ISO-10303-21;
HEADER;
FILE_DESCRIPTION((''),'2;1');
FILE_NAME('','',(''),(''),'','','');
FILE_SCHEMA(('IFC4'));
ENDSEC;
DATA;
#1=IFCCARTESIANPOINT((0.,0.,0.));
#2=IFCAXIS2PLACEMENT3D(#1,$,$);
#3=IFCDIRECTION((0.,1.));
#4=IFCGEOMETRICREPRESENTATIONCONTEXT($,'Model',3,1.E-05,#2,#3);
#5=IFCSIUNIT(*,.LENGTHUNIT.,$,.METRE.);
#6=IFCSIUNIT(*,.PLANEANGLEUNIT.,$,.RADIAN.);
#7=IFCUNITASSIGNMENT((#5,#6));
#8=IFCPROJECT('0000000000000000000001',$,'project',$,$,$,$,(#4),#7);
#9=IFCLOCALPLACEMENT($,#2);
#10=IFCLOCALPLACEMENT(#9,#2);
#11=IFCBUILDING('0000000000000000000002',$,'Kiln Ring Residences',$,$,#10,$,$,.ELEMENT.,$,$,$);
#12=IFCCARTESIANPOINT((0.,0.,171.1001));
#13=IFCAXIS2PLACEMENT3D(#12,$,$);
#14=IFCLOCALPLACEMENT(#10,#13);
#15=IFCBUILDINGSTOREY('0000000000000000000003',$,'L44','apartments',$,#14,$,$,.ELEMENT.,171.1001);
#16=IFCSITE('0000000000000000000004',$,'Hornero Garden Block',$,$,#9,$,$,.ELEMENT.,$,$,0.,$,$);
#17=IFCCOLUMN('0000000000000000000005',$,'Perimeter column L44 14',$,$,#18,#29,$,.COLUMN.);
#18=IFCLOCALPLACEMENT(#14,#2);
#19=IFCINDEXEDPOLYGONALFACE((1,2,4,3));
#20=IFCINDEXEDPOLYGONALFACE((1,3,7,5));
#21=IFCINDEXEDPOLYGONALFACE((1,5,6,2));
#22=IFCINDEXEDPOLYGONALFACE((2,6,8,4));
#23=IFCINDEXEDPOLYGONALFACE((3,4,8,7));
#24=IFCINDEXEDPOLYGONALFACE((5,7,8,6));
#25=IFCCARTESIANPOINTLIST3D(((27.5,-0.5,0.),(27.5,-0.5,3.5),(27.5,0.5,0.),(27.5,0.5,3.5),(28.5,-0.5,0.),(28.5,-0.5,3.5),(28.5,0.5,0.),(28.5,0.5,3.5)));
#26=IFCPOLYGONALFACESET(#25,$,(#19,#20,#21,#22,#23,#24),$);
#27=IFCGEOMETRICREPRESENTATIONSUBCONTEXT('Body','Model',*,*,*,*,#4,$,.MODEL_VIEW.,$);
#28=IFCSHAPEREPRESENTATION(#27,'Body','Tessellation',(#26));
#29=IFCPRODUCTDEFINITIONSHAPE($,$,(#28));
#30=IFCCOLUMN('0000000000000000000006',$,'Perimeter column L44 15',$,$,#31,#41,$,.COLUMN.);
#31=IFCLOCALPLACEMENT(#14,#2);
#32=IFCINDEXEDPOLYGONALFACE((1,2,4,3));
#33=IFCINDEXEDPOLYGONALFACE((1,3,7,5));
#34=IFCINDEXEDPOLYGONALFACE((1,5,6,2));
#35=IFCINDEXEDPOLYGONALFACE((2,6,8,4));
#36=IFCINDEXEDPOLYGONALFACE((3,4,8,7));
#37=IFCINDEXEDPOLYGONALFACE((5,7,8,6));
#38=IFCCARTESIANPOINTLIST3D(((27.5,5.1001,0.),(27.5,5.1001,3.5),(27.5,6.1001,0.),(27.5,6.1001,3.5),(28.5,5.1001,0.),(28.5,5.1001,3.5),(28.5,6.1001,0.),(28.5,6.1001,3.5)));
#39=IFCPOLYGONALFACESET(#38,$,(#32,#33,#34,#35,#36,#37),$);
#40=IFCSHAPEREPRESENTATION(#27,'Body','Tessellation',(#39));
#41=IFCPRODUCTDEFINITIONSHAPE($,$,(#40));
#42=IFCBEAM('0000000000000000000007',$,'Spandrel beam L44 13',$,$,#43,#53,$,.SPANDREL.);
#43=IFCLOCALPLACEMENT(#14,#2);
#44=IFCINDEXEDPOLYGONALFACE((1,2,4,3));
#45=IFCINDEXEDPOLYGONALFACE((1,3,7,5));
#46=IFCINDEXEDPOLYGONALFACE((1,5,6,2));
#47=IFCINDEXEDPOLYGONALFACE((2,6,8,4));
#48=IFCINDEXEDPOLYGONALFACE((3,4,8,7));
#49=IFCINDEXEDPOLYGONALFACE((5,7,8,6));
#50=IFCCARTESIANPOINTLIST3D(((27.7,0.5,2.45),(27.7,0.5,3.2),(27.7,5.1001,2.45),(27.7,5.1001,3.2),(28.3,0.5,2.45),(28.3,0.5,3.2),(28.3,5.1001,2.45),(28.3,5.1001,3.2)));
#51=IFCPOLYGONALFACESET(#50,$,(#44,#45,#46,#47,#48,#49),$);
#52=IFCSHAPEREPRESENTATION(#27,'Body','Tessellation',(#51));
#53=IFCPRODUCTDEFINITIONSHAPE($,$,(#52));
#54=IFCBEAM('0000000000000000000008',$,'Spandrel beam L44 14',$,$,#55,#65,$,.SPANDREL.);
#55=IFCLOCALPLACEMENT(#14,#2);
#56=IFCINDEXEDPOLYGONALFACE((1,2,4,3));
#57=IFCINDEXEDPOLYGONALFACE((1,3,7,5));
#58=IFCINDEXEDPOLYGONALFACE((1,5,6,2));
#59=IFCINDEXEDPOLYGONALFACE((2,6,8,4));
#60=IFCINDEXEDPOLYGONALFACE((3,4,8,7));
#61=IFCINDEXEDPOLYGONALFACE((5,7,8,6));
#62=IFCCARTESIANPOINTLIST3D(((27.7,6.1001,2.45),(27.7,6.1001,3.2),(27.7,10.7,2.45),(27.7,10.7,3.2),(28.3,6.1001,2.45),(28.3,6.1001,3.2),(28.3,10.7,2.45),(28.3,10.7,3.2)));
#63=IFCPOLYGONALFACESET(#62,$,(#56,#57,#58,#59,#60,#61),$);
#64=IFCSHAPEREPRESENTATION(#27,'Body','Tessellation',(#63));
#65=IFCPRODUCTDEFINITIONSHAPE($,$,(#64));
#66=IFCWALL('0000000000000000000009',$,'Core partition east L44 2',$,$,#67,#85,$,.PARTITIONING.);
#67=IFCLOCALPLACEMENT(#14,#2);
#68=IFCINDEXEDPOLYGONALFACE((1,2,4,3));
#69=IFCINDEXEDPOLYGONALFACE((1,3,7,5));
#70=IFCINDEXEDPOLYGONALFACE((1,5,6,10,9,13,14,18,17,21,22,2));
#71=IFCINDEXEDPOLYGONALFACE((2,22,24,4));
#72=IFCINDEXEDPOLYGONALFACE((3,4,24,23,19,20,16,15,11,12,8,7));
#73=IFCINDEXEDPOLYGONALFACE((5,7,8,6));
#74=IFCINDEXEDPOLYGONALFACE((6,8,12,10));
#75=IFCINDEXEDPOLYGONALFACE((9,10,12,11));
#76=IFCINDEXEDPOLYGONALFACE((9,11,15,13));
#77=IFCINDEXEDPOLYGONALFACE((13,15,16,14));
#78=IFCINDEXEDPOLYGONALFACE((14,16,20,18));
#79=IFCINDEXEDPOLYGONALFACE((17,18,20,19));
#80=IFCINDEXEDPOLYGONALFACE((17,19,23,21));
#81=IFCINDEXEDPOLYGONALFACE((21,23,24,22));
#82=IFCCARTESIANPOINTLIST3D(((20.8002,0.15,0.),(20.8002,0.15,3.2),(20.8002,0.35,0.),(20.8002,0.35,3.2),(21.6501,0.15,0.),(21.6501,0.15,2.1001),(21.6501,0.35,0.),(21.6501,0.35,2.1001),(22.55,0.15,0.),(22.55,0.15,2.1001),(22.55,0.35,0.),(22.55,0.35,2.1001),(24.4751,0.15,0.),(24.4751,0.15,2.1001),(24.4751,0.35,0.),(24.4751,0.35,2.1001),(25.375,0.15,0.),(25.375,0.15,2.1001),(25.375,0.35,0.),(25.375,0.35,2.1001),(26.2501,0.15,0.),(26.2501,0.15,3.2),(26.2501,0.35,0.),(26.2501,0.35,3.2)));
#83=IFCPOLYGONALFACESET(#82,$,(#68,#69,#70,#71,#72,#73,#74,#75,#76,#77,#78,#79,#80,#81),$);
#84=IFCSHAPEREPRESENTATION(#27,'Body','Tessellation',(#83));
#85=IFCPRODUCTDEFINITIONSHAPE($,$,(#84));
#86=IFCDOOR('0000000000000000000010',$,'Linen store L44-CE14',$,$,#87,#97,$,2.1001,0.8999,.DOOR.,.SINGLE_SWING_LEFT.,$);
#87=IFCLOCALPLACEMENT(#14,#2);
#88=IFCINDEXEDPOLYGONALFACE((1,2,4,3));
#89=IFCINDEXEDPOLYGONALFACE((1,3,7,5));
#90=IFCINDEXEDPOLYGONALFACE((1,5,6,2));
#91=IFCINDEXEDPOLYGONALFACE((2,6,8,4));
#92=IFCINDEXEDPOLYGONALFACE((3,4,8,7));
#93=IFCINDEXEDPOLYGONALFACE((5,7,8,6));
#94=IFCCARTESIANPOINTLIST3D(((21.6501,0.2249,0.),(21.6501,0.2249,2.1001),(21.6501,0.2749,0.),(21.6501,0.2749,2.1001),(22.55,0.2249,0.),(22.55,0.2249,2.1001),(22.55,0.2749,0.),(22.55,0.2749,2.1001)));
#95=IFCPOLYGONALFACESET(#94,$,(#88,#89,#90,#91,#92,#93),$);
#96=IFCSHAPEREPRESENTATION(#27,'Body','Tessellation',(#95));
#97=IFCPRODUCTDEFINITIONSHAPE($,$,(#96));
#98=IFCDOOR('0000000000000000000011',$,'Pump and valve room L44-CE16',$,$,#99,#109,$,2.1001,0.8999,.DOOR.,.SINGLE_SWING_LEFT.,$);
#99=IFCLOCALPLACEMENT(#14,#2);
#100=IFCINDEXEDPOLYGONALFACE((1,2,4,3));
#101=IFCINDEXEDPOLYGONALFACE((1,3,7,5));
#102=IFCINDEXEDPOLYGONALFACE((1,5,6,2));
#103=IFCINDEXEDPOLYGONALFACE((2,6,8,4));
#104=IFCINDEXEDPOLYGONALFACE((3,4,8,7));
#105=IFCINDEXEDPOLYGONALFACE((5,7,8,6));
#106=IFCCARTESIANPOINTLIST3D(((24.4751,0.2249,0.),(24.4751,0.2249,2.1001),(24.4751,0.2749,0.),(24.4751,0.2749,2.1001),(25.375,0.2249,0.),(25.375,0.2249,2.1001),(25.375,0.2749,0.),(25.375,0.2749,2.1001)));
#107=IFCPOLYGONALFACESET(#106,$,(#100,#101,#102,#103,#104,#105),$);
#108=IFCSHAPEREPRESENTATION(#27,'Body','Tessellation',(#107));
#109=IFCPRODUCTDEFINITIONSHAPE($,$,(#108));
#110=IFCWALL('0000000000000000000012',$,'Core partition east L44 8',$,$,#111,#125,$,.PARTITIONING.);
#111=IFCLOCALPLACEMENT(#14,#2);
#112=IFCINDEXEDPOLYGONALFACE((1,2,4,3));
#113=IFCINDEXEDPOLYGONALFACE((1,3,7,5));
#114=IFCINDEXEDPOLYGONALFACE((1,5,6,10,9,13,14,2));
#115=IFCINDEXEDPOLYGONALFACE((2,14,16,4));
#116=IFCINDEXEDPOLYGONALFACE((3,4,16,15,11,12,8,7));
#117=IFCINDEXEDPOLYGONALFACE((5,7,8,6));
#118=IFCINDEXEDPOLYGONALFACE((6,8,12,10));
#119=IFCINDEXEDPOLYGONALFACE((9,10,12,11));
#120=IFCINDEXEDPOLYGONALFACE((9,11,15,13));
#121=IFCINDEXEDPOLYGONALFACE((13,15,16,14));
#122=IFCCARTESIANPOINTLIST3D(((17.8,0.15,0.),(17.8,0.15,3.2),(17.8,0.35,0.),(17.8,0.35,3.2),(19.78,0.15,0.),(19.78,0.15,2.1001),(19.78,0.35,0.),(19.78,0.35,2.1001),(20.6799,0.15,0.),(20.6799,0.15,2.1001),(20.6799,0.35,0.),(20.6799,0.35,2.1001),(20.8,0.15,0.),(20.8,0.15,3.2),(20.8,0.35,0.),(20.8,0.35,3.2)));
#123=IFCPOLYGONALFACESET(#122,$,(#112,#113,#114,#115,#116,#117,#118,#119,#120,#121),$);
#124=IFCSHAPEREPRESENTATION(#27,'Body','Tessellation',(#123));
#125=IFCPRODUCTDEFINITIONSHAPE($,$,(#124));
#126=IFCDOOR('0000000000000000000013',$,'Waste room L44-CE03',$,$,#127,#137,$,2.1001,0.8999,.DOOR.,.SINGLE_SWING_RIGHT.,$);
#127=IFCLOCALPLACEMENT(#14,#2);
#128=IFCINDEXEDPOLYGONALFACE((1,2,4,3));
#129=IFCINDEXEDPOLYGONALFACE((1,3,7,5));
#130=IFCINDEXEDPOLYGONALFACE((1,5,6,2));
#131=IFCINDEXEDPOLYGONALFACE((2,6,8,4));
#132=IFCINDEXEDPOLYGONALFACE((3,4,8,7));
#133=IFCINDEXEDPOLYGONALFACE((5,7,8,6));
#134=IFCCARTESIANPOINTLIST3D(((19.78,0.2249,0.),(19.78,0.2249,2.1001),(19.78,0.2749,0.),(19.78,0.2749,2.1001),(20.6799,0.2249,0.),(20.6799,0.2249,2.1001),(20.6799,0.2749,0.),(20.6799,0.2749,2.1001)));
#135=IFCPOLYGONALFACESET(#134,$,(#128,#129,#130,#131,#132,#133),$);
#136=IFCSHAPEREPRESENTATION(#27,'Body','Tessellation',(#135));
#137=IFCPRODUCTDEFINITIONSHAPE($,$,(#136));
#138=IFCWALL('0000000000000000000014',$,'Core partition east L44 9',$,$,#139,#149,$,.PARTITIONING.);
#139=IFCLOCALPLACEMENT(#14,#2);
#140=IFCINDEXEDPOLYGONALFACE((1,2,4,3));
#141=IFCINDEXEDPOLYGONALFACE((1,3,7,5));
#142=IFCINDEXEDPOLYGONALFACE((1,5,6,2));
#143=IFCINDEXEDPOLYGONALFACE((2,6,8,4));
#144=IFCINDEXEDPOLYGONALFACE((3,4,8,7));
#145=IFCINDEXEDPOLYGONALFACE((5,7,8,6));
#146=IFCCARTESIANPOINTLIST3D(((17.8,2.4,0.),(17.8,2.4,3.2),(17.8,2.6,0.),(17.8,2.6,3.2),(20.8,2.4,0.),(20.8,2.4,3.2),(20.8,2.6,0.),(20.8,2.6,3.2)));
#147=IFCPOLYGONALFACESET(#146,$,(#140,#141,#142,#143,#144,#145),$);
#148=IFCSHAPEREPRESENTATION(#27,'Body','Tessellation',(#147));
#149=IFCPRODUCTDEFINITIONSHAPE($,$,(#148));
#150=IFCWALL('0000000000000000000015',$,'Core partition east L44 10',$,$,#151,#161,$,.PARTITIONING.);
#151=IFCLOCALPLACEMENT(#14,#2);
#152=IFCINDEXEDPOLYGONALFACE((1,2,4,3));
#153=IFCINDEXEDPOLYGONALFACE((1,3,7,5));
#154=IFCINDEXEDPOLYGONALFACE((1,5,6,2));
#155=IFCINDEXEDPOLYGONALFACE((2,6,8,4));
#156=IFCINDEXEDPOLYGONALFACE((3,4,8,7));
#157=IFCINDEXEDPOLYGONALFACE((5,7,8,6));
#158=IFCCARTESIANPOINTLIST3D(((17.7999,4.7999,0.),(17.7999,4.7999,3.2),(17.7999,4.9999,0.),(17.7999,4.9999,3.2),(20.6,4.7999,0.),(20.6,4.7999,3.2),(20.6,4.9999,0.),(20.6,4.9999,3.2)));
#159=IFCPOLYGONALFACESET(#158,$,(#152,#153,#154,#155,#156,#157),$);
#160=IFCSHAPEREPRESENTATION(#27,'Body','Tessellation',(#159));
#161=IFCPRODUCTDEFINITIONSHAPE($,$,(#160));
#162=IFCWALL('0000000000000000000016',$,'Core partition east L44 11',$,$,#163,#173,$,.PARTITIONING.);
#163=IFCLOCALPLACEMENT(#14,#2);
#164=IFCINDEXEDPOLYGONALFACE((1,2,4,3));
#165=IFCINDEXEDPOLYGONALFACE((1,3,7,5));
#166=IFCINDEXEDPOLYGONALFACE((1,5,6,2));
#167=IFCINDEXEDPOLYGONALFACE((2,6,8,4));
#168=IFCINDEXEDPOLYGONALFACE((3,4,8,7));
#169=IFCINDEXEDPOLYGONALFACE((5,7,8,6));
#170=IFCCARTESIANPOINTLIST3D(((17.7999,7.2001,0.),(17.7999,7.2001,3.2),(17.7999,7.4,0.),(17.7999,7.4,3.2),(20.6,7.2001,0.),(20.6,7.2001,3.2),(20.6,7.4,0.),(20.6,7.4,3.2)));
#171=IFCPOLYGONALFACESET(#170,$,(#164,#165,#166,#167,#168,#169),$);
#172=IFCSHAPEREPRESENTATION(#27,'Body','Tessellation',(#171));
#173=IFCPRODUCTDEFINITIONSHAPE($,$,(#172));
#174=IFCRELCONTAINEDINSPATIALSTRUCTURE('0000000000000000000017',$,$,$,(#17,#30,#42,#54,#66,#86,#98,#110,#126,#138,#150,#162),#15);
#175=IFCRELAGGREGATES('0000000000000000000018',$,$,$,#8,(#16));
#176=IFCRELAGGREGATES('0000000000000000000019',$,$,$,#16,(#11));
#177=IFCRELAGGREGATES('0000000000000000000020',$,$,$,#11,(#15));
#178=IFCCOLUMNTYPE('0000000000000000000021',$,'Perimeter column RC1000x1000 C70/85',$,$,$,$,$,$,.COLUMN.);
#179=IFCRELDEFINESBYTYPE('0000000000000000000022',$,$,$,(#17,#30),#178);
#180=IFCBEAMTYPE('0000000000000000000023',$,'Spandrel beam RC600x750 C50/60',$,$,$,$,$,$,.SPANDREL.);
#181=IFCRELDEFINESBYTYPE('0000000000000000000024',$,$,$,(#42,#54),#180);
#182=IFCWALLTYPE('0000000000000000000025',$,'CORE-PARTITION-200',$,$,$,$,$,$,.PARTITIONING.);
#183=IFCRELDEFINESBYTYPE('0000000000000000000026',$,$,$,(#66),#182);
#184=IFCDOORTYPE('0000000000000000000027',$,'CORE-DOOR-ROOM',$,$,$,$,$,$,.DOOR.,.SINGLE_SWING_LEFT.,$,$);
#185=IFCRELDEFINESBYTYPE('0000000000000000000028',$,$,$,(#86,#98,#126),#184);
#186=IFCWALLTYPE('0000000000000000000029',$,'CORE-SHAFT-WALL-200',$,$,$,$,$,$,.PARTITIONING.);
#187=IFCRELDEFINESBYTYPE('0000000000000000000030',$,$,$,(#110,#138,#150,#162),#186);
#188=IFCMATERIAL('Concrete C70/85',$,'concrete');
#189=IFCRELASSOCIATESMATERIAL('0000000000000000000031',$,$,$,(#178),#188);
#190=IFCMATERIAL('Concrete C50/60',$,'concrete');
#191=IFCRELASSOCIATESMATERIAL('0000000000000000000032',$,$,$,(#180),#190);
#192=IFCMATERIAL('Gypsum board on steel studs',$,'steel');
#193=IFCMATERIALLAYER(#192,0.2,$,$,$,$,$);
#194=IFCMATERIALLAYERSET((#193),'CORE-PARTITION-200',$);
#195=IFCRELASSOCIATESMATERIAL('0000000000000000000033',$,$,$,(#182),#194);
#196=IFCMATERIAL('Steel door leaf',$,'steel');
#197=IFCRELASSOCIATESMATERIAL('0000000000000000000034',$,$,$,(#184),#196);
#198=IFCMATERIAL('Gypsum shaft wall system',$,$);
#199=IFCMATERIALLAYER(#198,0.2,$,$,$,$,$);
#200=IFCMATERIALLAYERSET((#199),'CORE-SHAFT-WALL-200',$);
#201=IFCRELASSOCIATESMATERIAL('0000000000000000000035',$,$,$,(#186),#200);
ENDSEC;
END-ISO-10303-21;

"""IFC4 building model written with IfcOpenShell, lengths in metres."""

from ifc_helpers import new_model, si_unit, direction, frame, frame_2d, origin, origin_2d, place, context, subcontext, project, spatial, rectangle, extrude, material, layer, layer_set, material_profile, profile_set, type_object, element, fill, save


model = new_model("IFC4")

# Units and contexts
model_context = context("Model", 3, precision=1e-05, world=origin(), true_north=direction((0.0, 1.0)))
body_context = subcontext(model_context, "Body", "Model", "MODEL_VIEW")
ifc_project = project(units=[si_unit("LENGTHUNIT", "METRE"), si_unit("PLANEANGLEUNIT", "RADIAN")], contexts=[model_context])

# Site, building, storey
site_placement = place(None, origin())
site = spatial("IfcSite", under=ifc_project, at=site_placement, Name="Hornero Garden Block", CompositionType="ELEMENT", RefElevation=0.0)
building_placement = place(site_placement, origin())
building = spatial("IfcBuilding", under=site, at=building_placement, Name="Kiln Ring Residences", CompositionType="ELEMENT")
storey_placement = place(building_placement, frame((0.0, 0.0, 171.1001)))
storey = spatial("IfcBuildingStorey", under=building, at=storey_placement, Name="L44", Description="apartments", CompositionType="ELEMENT", Elevation=171.1001)

# Columns
ifc_material_1 = material(Name="Concrete C70/85", Category="concrete")
ifc_material_profile_1 = material_profile(ifc_material_1, rectangle(XDim=1.0, YDim=1.0, at=origin_2d()), Name="RC1000x1000")
ifc_profile_set_1 = profile_set([ifc_material_profile_1], Name="Concrete C70/85")
column_type = type_object("IfcColumnType", Name="Perimeter column RC1000x1000 C70/85", PredefinedType="COLUMN", material=ifc_profile_set_1)
for number, where, z_axis, x_axis, name in (
    (1, (28.0, 0.0, 0.0), (0.0, 0.0, 1.0), (1.0, 0.0, 0.0), "Perimeter column L44 14"),
    (2, (28.0, 5.6001, 0.0), (0.0, 0.0, 1.0), (1.0, 0.0, 0.0), "Perimeter column L44 15"),
):
    element("IfcColumn", number, at=place(storey_placement, frame(where, z_axis=z_axis, x_axis=x_axis)), inside=storey, type_object=column_type, Name=name, PredefinedType="COLUMN", context=body_context, shape_type="SweptSolid", body=[
        extrude(rectangle(XDim=1.0, YDim=1.0, at=origin_2d()), origin(), (0.0, 0.0, 1.0), 3.5),
    ])

# Beams
ifc_material_2 = material(Name="Concrete C50/60", Category="concrete")
ifc_material_profile_2 = material_profile(ifc_material_2, rectangle(XDim=0.6001, YDim=0.75, at=origin_2d()), Name="RC600x750")
ifc_profile_set_2 = profile_set([ifc_material_profile_2], Name="Concrete C50/60")
beam_type = type_object("IfcBeamType", Name="Spandrel beam RC600x750 C50/60", PredefinedType="SPANDREL", material=ifc_profile_set_2)
beam_1_placement = place(storey_placement, frame((28.0, 0.5, 2.825), z_axis=(0.0, 1.0, 0.0), x_axis=(-1.0, 0.0, 0.0)))
element("IfcBeam", 3, at=beam_1_placement, inside=storey, type_object=beam_type, Name="Spandrel beam L44 13", PredefinedType="SPANDREL", context=body_context, shape_type="SweptSolid", body=[
    extrude(rectangle(XDim=0.6001, YDim=0.75, at=origin_2d()), origin(), (0.0, 0.0, 1.0), 4.6001),
])
beam_2_placement = place(storey_placement, frame((28.0, 6.1001, 2.825), z_axis=(0.0, 1.0, 0.0), x_axis=(-1.0, 0.0, 0.0)))
element("IfcBeam", 4, at=beam_2_placement, inside=storey, type_object=beam_type, Name="Spandrel beam L44 14", PredefinedType="SPANDREL", context=body_context, shape_type="SweptSolid", body=[
    extrude(rectangle(XDim=0.6001, YDim=0.75, at=origin_2d()), origin(), (0.0, 0.0, 1.0), 4.5999),
])

# Wall, openings, doors
ifc_material_3 = material(Name="Gypsum board on steel studs", Category="steel")
ifc_layer_1 = layer(ifc_material_3, 0.2)
ifc_layer_set_1 = layer_set([ifc_layer_1], Name="CORE-PARTITION-200")
wall_type_1 = type_object("IfcWallType", Name="CORE-PARTITION-200", PredefinedType="PARTITIONING", material=ifc_layer_set_1)
wall_1_placement = place(storey_placement, frame((20.8, 0.25, 0.0), z_axis=(0.0, 0.0, 1.0), x_axis=(1.0, 0.0, 0.0)))
wall_1 = element("IfcWall", 5, at=wall_1_placement, inside=storey, type_object=wall_type_1, Name="Core partition east L44 2", PredefinedType="PARTITIONING", context=body_context, shape_type="SweptSolid", body=[
    extrude(rectangle(XDim=5.45, YDim=0.2, at=frame_2d((2.7251, 0.0))), origin(), (0.0, 0.0, 1.0), 3.2),
])
opening_1_placement = place(wall_1_placement, frame((0.8501, 0.0, 0.0)))
opening_1 = element("IfcOpeningElement", 6, at=opening_1_placement, cuts=wall_1, PredefinedType="OPENING", context=body_context, shape_type="SweptSolid", body=[
    extrude(rectangle(XDim=0.8999, YDim=2.1001, at=frame_2d((0.45, 1.05))), frame((0.0, 0.1099, 0.0), z_axis=(0.0, -1.0, 0.0), x_axis=(1.0, 0.0, 0.0)), (0.0, 0.0, 1.0), 0.22),
])
opening_2_placement = place(wall_1_placement, frame((3.675, 0.0, 0.0)))
opening_2 = element("IfcOpeningElement", 7, at=opening_2_placement, cuts=wall_1, PredefinedType="OPENING", context=body_context, shape_type="SweptSolid", body=[
    extrude(rectangle(XDim=0.8999, YDim=2.1001, at=frame_2d((0.45, 1.05))), frame((0.0, 0.1099, 0.0), z_axis=(0.0, -1.0, 0.0), x_axis=(1.0, 0.0, 0.0)), (0.0, 0.0, 1.0), 0.22),
])
ifc_material_4 = material(Name="Steel door leaf", Category="steel")
door_type = type_object("IfcDoorType", Name="CORE-DOOR-ROOM", OperationType="SINGLE_SWING_LEFT", PredefinedType="DOOR", material=ifc_material_4)
door_1_placement = place(opening_1_placement, origin())
door_1 = element("IfcDoor", 8, at=door_1_placement, inside=storey, type_object=door_type, Name="Linen store L44-CE14", OperationType="SINGLE_SWING_LEFT", OverallHeight=2.1001, OverallWidth=0.8999, PredefinedType="DOOR", context=body_context, shape_type="SweptSolid", body=[
    extrude(rectangle(XDim=0.8999, YDim=2.1001, at=frame_2d((0.45, 1.05))), frame((0.0, 0.0249, 0.0), z_axis=(0.0, -1.0, 0.0), x_axis=(1.0, 0.0, 0.0)), (0.0, 0.0, 1.0), 0.05),
])
fill(opening_1, door_1)
door_2_placement = place(opening_2_placement, origin())
door_2 = element("IfcDoor", 9, at=door_2_placement, inside=storey, type_object=door_type, Name="Pump and valve room L44-CE16", OperationType="SINGLE_SWING_LEFT", OverallHeight=2.1001, OverallWidth=0.8999, PredefinedType="DOOR", context=body_context, shape_type="SweptSolid", body=[
    extrude(rectangle(XDim=0.8999, YDim=2.1001, at=frame_2d((0.45, 1.05))), frame((0.0, 0.0249, 0.0), z_axis=(0.0, -1.0, 0.0), x_axis=(1.0, 0.0, 0.0)), (0.0, 0.0, 1.0), 0.05),
])
fill(opening_2, door_2)

# Wall, opening, door
ifc_material_5 = material(Name="Gypsum shaft wall system")
ifc_layer_2 = layer(ifc_material_5, 0.2)
ifc_layer_set_2 = layer_set([ifc_layer_2], Name="CORE-SHAFT-WALL-200")
wall_type_2 = type_object("IfcWallType", Name="CORE-SHAFT-WALL-200", PredefinedType="PARTITIONING", material=ifc_layer_set_2)
wall_2_placement = place(storey_placement, frame((17.8, 0.25, 0.0), z_axis=(0.0, 0.0, 1.0), x_axis=(1.0, 0.0, 0.0)))
wall_2 = element("IfcWall", 10, at=wall_2_placement, inside=storey, type_object=wall_type_2, Name="Core partition east L44 8", PredefinedType="PARTITIONING", context=body_context, shape_type="SweptSolid", body=[
    extrude(rectangle(XDim=3.0, YDim=0.2, at=frame_2d((1.5, 0.0))), origin(), (0.0, 0.0, 1.0), 3.2),
])
opening_3_placement = place(wall_2_placement, frame((1.98, 0.0, 0.0)))
opening_3 = element("IfcOpeningElement", 11, at=opening_3_placement, cuts=wall_2, PredefinedType="OPENING", context=body_context, shape_type="SweptSolid", body=[
    extrude(rectangle(XDim=0.8999, YDim=2.1001, at=frame_2d((0.45, 1.05))), frame((0.0, 0.1099, 0.0), z_axis=(0.0, -1.0, 0.0), x_axis=(1.0, 0.0, 0.0)), (0.0, 0.0, 1.0), 0.22),
])
door_3_placement = place(opening_3_placement, origin())
door_3 = element("IfcDoor", 12, at=door_3_placement, inside=storey, type_object=door_type, Name="Waste room L44-CE03", OperationType="SINGLE_SWING_RIGHT", OverallHeight=2.1001, OverallWidth=0.8999, PredefinedType="DOOR", context=body_context, shape_type="SweptSolid", body=[
    extrude(rectangle(XDim=0.8999, YDim=2.1001, at=frame_2d((0.45, 1.05))), frame((0.0, 0.0249, 0.0), z_axis=(0.0, -1.0, 0.0), x_axis=(1.0, 0.0, 0.0)), (0.0, 0.0, 1.0), 0.05),
])
fill(opening_3, door_3)

# Walls
wall_3_placement = place(storey_placement, frame((17.8, 2.5, 0.0), z_axis=(0.0, 0.0, 1.0), x_axis=(1.0, 0.0, 0.0)))
element("IfcWall", 13, at=wall_3_placement, inside=storey, type_object=wall_type_2, Name="Core partition east L44 9", PredefinedType="PARTITIONING", context=body_context, shape_type="SweptSolid", body=[
    extrude(rectangle(XDim=3.0, YDim=0.2, at=frame_2d((1.5, 0.0))), origin(), (0.0, 0.0, 1.0), 3.2),
])
for number, where, z_axis, x_axis, name in (
    (14, (17.8, 4.8999, 0.0), (0.0, 0.0, 1.0), (1.0, 0.0, 0.0), "Core partition east L44 10"),
    (15, (17.8, 7.3, 0.0), (0.0, 0.0, 1.0), (1.0, 0.0, 0.0), "Core partition east L44 11"),
):
    element("IfcWall", number, at=place(storey_placement, frame(where, z_axis=z_axis, x_axis=x_axis)), inside=storey, type_object=wall_type_2, Name=name, PredefinedType="PARTITIONING", context=body_context, shape_type="SweptSolid", body=[
        extrude(rectangle(XDim=2.8, YDim=0.2, at=frame_2d((1.3999, 0.0))), origin(), (0.0, 0.0, 1.0), 3.2),
    ])

save(model, "model.ifc")
